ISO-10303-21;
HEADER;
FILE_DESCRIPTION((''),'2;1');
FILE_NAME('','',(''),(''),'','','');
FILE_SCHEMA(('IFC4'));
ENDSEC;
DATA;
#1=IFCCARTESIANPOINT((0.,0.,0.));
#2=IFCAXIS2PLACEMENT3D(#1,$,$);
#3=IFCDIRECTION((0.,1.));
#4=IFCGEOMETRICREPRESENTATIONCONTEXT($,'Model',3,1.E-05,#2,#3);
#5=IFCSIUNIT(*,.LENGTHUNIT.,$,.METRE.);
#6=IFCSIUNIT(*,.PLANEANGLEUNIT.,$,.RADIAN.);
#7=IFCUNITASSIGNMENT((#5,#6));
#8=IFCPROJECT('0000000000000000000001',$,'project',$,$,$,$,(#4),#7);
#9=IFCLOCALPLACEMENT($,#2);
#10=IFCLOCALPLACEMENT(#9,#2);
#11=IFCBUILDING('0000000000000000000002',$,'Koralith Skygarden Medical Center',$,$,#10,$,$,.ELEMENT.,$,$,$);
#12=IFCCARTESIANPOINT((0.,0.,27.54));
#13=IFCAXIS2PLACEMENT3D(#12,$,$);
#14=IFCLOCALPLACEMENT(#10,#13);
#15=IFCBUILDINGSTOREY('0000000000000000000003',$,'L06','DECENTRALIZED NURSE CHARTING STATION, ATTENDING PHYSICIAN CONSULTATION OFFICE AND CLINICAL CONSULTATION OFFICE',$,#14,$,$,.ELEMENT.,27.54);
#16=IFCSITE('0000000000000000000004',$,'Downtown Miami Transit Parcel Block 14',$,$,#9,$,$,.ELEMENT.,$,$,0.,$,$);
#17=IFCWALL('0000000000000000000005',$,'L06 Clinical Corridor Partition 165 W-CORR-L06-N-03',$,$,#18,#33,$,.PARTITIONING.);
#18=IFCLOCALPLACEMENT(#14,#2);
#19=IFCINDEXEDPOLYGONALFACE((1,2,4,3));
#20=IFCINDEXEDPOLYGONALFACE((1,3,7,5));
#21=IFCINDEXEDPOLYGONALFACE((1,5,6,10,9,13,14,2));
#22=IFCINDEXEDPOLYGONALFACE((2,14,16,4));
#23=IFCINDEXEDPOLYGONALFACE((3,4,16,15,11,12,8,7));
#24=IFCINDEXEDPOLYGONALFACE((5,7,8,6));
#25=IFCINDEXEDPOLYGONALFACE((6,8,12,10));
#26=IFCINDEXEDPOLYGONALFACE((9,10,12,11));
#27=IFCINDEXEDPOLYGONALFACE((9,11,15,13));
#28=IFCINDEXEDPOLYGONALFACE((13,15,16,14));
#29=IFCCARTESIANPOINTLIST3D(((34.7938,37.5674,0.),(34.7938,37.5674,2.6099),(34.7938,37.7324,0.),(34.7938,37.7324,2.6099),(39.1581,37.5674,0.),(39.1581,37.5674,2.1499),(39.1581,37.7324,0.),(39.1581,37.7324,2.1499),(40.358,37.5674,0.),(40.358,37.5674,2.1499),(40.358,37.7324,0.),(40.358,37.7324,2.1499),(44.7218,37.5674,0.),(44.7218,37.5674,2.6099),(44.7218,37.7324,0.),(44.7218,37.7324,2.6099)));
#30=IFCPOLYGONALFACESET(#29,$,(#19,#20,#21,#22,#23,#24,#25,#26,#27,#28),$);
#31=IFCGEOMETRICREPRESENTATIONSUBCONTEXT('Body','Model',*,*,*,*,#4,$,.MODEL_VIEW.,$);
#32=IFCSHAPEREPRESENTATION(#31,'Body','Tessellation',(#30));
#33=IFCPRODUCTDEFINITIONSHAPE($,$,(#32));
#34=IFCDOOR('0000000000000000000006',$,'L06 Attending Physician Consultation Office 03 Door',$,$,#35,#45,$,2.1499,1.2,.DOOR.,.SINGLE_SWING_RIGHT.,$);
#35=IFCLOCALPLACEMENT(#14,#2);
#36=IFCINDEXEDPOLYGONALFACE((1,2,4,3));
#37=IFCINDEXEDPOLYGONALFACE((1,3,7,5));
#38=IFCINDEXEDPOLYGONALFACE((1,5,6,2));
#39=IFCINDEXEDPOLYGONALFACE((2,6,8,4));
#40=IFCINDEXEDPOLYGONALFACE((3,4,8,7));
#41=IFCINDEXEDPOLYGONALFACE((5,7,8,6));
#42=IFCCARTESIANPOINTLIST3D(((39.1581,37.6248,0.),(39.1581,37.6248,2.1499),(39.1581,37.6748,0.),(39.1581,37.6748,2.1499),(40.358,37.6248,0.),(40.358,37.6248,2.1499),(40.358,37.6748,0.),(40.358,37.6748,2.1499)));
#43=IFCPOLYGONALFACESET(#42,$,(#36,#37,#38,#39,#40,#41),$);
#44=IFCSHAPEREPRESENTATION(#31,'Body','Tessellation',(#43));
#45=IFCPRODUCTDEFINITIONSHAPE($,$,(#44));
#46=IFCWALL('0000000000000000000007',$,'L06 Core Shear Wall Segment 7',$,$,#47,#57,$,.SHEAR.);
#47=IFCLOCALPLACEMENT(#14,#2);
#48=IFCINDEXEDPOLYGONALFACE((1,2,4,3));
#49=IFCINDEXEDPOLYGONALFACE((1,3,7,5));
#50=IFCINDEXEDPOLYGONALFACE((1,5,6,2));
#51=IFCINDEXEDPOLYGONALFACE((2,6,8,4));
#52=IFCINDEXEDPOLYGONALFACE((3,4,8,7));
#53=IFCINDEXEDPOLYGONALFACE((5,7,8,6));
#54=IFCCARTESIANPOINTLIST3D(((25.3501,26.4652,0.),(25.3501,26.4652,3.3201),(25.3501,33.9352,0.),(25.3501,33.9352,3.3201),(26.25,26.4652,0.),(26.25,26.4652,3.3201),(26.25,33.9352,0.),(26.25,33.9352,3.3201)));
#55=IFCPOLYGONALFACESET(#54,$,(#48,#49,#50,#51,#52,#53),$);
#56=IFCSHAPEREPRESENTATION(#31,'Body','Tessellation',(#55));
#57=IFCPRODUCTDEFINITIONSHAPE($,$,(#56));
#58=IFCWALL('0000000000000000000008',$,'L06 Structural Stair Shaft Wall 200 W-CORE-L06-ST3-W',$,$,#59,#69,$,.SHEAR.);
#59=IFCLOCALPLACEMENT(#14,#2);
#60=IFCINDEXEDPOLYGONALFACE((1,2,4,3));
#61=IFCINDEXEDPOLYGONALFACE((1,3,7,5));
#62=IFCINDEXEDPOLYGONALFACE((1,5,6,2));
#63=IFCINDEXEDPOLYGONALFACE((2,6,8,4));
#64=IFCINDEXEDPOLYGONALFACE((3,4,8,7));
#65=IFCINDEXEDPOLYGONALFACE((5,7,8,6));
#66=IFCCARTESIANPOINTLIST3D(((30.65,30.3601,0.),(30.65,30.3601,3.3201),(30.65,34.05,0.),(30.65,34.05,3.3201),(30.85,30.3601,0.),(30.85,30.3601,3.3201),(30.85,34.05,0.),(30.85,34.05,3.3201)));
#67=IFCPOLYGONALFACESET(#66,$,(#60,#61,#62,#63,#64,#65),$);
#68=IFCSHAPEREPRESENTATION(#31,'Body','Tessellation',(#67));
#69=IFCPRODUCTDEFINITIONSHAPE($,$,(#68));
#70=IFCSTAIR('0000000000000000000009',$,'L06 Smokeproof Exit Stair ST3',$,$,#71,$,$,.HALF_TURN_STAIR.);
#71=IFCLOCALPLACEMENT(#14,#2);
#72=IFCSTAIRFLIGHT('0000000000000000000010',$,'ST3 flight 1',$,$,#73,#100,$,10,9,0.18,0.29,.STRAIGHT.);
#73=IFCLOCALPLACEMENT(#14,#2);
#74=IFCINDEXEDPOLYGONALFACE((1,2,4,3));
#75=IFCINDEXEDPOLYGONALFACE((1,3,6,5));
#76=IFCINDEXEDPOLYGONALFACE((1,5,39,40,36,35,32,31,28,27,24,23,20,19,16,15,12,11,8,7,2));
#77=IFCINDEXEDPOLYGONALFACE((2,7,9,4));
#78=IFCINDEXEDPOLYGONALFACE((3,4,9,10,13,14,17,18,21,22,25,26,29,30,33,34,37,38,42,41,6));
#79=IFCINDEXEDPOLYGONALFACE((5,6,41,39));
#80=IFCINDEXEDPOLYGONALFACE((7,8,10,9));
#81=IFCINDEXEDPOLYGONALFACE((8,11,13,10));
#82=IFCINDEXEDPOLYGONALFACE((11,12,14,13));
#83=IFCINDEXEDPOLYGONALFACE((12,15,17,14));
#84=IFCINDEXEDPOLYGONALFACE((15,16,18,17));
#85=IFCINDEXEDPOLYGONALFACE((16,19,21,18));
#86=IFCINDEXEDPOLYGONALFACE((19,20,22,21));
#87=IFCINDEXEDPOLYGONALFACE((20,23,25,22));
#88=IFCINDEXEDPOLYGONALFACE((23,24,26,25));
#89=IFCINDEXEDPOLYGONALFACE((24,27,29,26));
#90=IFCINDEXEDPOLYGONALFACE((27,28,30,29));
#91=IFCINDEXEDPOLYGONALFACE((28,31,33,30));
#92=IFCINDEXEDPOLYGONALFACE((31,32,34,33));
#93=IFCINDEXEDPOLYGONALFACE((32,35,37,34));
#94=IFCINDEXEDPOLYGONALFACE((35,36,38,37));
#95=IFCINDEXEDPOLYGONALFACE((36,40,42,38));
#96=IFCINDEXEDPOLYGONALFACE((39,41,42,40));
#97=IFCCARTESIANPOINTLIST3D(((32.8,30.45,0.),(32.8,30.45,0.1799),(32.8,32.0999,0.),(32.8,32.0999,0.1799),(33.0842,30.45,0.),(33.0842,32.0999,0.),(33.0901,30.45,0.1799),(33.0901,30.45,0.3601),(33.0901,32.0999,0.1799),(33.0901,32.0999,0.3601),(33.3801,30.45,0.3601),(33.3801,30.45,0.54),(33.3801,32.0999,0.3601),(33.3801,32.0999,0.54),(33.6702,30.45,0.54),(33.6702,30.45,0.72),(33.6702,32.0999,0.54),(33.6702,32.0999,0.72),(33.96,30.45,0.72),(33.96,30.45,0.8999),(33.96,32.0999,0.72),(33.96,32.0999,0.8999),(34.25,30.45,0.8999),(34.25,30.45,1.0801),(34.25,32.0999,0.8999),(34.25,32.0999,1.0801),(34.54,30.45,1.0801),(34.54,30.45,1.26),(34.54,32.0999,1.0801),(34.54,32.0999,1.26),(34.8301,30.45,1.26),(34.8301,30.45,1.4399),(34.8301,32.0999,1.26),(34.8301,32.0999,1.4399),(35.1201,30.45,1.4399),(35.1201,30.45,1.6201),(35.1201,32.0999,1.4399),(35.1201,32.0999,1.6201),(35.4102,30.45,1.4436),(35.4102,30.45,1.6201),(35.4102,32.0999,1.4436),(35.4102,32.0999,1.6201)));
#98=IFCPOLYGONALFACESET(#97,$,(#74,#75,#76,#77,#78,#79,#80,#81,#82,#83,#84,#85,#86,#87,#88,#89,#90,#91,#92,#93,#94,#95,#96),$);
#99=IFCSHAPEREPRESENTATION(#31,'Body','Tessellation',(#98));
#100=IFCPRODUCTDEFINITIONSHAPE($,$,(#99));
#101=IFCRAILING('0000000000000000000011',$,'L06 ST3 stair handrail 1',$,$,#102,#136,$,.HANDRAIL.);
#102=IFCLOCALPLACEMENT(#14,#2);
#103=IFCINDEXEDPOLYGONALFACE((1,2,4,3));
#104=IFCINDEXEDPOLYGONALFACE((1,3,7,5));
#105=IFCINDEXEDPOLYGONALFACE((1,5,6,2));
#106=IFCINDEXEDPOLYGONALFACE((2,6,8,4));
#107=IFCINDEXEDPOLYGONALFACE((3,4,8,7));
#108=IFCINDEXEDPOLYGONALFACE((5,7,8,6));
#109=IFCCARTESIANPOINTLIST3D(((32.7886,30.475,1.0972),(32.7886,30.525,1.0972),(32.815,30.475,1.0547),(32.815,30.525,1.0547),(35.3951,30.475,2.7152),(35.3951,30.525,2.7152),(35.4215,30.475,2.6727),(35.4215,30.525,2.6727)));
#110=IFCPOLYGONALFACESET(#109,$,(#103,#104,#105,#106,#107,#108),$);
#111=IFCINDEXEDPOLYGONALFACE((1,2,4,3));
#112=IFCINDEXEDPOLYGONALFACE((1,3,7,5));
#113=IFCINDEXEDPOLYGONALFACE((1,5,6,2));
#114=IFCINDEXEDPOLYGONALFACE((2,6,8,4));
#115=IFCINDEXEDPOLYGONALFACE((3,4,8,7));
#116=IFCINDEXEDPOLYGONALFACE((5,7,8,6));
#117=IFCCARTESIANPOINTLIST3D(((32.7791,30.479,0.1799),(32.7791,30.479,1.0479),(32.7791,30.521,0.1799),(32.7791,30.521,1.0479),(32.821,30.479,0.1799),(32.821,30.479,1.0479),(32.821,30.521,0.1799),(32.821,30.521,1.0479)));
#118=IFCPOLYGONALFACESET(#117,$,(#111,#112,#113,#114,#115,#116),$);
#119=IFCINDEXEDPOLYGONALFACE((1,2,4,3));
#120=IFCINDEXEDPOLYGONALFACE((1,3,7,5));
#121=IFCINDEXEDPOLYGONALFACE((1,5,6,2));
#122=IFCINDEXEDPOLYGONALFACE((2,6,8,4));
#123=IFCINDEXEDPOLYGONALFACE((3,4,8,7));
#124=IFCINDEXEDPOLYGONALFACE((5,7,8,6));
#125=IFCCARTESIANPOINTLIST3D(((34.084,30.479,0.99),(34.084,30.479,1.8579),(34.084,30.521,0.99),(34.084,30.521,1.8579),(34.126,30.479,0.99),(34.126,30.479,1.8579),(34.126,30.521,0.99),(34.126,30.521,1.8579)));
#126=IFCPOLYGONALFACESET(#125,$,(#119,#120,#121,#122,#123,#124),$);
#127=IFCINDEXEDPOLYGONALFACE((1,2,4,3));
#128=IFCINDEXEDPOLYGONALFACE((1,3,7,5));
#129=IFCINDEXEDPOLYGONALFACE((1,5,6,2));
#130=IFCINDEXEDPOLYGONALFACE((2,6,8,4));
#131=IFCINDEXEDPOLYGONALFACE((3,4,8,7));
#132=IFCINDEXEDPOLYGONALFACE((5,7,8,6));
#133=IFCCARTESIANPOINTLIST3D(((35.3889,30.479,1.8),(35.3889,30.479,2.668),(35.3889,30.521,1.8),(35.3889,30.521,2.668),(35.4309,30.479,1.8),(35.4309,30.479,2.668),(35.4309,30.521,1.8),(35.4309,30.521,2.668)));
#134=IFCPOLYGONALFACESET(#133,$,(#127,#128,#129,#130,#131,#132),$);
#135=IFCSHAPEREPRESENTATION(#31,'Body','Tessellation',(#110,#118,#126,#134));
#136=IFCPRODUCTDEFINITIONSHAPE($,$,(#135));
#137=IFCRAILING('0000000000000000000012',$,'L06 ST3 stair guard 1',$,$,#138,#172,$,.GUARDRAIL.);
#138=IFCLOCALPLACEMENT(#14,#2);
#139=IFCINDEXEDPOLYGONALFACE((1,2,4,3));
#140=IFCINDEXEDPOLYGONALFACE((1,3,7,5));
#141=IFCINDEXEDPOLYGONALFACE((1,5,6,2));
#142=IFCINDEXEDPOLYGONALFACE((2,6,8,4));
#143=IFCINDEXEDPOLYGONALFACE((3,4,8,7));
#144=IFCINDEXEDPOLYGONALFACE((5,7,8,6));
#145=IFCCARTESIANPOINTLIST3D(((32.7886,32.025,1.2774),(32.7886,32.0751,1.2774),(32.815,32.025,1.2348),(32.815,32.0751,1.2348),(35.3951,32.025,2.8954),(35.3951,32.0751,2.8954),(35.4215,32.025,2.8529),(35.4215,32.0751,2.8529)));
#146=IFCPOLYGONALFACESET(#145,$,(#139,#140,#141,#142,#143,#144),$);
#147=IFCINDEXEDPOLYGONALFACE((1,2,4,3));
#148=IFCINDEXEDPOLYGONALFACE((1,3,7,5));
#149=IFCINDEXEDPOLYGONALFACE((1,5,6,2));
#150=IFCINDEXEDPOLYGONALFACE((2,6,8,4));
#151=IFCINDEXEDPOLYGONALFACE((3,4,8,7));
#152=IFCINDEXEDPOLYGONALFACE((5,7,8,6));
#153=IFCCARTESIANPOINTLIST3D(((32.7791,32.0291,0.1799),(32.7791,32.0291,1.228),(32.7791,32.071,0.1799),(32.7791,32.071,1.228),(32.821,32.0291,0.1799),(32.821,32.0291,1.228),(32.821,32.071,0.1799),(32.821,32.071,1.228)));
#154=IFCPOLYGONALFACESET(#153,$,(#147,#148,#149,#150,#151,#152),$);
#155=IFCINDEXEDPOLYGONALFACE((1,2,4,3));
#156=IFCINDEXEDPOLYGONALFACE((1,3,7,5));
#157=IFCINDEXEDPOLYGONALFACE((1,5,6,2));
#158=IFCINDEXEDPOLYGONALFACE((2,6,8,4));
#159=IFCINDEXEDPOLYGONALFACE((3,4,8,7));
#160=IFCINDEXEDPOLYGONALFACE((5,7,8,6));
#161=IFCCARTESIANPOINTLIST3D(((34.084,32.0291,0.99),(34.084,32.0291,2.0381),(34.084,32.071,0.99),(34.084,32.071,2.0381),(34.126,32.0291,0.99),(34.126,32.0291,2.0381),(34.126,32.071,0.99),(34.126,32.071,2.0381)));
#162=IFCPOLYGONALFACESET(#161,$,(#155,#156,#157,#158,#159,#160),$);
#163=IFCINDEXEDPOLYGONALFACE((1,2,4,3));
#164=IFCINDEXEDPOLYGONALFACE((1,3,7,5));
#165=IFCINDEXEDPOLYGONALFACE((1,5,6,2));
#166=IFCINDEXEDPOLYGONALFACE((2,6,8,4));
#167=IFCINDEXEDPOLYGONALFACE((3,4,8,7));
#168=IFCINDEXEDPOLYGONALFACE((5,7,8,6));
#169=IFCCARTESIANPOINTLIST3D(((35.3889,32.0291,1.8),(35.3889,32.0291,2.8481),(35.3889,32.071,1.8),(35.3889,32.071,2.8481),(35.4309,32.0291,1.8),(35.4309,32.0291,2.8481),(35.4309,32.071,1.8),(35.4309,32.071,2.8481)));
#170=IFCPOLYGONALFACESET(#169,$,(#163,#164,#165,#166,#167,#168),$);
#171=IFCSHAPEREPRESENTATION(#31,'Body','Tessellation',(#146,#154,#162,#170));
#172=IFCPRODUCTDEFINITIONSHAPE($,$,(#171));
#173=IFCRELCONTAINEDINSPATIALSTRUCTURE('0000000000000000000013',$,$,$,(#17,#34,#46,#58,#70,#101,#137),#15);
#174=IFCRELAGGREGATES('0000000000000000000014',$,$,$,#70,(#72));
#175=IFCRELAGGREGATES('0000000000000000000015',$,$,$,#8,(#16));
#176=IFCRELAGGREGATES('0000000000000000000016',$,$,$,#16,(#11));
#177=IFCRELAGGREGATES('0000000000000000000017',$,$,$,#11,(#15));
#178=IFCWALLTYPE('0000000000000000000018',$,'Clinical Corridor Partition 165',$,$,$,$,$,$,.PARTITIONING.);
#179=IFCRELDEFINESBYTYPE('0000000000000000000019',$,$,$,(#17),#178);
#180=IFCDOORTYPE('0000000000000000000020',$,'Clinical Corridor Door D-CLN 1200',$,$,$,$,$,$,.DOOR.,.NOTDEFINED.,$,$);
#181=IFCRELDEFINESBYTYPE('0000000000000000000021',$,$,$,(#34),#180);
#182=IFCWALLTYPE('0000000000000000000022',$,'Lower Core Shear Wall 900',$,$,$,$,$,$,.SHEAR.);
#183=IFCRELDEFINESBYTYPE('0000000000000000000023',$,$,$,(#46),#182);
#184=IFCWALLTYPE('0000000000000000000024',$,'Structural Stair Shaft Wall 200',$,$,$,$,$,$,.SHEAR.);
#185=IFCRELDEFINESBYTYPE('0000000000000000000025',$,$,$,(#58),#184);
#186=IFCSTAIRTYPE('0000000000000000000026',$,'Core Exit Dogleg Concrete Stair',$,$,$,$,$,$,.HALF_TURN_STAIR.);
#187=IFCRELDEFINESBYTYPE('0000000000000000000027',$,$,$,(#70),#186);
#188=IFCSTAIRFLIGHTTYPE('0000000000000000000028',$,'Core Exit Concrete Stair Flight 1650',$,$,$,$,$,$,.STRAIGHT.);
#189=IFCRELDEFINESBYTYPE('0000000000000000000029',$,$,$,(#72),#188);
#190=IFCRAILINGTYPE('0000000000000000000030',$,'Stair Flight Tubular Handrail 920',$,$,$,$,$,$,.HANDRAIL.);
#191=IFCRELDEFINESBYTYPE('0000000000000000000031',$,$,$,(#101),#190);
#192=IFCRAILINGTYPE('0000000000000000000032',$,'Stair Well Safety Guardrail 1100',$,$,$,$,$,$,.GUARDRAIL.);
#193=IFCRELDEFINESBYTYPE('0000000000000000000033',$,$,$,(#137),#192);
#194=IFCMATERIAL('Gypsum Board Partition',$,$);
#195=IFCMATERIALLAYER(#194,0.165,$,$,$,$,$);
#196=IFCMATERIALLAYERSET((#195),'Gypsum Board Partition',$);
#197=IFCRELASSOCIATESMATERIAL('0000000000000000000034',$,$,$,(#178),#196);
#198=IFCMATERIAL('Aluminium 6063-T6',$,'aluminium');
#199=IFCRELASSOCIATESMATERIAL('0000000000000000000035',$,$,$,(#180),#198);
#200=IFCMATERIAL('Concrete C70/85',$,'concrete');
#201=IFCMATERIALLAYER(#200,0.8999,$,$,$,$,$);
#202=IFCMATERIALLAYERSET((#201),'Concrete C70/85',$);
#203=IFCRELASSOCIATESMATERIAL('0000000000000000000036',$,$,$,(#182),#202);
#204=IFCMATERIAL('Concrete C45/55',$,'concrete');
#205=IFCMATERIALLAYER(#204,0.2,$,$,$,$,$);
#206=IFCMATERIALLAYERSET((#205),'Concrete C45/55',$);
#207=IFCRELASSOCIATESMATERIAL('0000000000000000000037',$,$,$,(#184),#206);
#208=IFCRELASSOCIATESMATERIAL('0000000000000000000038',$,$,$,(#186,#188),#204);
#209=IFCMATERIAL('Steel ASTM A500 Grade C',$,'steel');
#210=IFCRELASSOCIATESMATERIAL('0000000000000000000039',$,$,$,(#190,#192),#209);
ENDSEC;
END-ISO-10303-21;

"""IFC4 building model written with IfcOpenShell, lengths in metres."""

from ifc_helpers import new_model, si_unit, direction, frame, frame_2d, origin, origin_2d, place, context, subcontext, project, spatial, polyline, rectangle, outline, extrude, material, layer, layer_set, type_object, element, fill, aggregate, save


model = new_model("IFC4")

# Units and contexts
model_context = context("Model", 3, precision=1e-05, world=origin(), true_north=direction((0.0, 1.0)))
body_context = subcontext(model_context, "Body", "Model", "MODEL_VIEW")
ifc_project = project(units=[si_unit("LENGTHUNIT", "METRE"), si_unit("PLANEANGLEUNIT", "RADIAN")], contexts=[model_context])

# Site, building, storey
site_placement = place(None, origin())
site = spatial("IfcSite", under=ifc_project, at=site_placement, Name="Downtown Miami Transit Parcel Block 14", CompositionType="ELEMENT", RefElevation=0.0)
building_placement = place(site_placement, origin())
building = spatial("IfcBuilding", under=site, at=building_placement, Name="Koralith Skygarden Medical Center", CompositionType="ELEMENT")
storey_placement = place(building_placement, frame((0.0, 0.0, 27.54)))
storey = spatial("IfcBuildingStorey", under=building, at=storey_placement, Name="L06", Description="DECENTRALIZED NURSE CHARTING STATION, ATTENDING PHYSICIAN CONSULTATION OFFICE AND CLINICAL CONSULTATION OFFICE", CompositionType="ELEMENT", Elevation=27.54)

# Shared definitions
ifc_material_1 = material(Name="Concrete C70/85", Category="concrete")

# Shared definitions
ifc_material_2 = material(Name="Aluminium 6063-T6", Category="aluminium")

# Shared definitions
ifc_material_3 = material(Name="Concrete C45/55", Category="concrete")

# Shared definitions
ifc_material_4 = material(Name="Gypsum Board Partition")

# Wall, opening, door
ifc_layer_1 = layer(ifc_material_4, 0.165)
ifc_layer_set_1 = layer_set([ifc_layer_1], Name="Gypsum Board Partition")
wall_type_1 = type_object("IfcWallType", Name="Clinical Corridor Partition 165", PredefinedType="PARTITIONING", material=ifc_layer_set_1)
wall_1_placement = place(storey_placement, frame((34.7939, 37.6499, 0.0), z_axis=(0.0, 0.0, 1.0), x_axis=(1.0, 0.0, 0.0)))
wall_1 = element("IfcWall", 1, at=wall_1_placement, inside=storey, type_object=wall_type_1, Name="L06 Clinical Corridor Partition 165 W-CORR-L06-N-03", PredefinedType="PARTITIONING", context=body_context, shape_type="SweptSolid", body=[
    extrude(rectangle(XDim=9.928, YDim=0.165, at=frame_2d((4.9639, 0.0))), origin(), (0.0, 0.0, 1.0), 2.6099),
])
opening_placement = place(wall_1_placement, frame((4.364, 0.0, 0.0)))
opening = element("IfcOpeningElement", 2, at=opening_placement, cuts=wall_1, PredefinedType="OPENING", context=body_context, shape_type="SweptSolid", body=[
    extrude(rectangle(XDim=1.2, YDim=2.1499, at=frame_2d((0.6001, 1.075))), frame((0.0, 0.0925, 0.0), z_axis=(0.0, -1.0, 0.0), x_axis=(1.0, 0.0, 0.0)), (0.0, 0.0, 1.0), 0.1851),
])
door_type = type_object("IfcDoorType", Name="Clinical Corridor Door D-CLN 1200", OperationType="NOTDEFINED", PredefinedType="DOOR", material=ifc_material_2)
door_placement = place(opening_placement, origin())
door = element("IfcDoor", 3, at=door_placement, inside=storey, type_object=door_type, Name="L06 Attending Physician Consultation Office 03 Door", OperationType="SINGLE_SWING_RIGHT", OverallHeight=2.1499, OverallWidth=1.2, PredefinedType="DOOR", context=body_context, shape_type="SweptSolid", body=[
    extrude(rectangle(XDim=1.2, YDim=2.1499, at=frame_2d((0.6001, 1.075))), frame((0.0, 0.0249, 0.0), z_axis=(0.0, -1.0, 0.0), x_axis=(1.0, 0.0, 0.0)), (0.0, 0.0, 1.0), 0.05),
])
fill(opening, door)

# Walls
ifc_layer_2 = layer(ifc_material_1, 0.8999)
ifc_layer_set_2 = layer_set([ifc_layer_2], Name="Concrete C70/85")
wall_type_2 = type_object("IfcWallType", Name="Lower Core Shear Wall 900", PredefinedType="SHEAR", material=ifc_layer_set_2)
wall_2_placement = place(storey_placement, frame((25.8, 33.9351, 0.0), z_axis=(0.0, 0.0, 1.0), x_axis=(0.0, -1.0, 0.0)))
element("IfcWall", 4, at=wall_2_placement, inside=storey, type_object=wall_type_2, Name="L06 Core Shear Wall Segment 7", PredefinedType="SHEAR", context=body_context, shape_type="SweptSolid", body=[
    extrude(rectangle(XDim=7.47, YDim=0.8999, at=frame_2d((3.7349, 0.0))), origin(), (0.0, 0.0, 1.0), 3.3201),
])
ifc_layer_3 = layer(ifc_material_3, 0.2)
ifc_layer_set_3 = layer_set([ifc_layer_3], Name="Concrete C45/55")
wall_type_3 = type_object("IfcWallType", Name="Structural Stair Shaft Wall 200", PredefinedType="SHEAR", material=ifc_layer_set_3)
wall_3_placement = place(storey_placement, frame((30.75, 30.3601, 0.0), z_axis=(0.0, 0.0, 1.0), x_axis=(0.0, 1.0, 0.0)))
element("IfcWall", 5, at=wall_3_placement, inside=storey, type_object=wall_type_3, Name="L06 Structural Stair Shaft Wall 200 W-CORE-L06-ST3-W", PredefinedType="SHEAR", context=body_context, shape_type="SweptSolid", body=[
    extrude(rectangle(XDim=3.6899, YDim=0.2, at=frame_2d((1.845, 0.0))), origin(), (0.0, 0.0, 1.0), 3.3201),
])

# Stair, stair flight
stair_type = type_object("IfcStairType", Name="Core Exit Dogleg Concrete Stair", PredefinedType="HALF_TURN_STAIR", material=ifc_material_3)
stair_placement = place(storey_placement, origin())
stair = element("IfcStair", 6, at=stair_placement, inside=storey, type_object=stair_type, Name="L06 Smokeproof Exit Stair ST3", PredefinedType="HALF_TURN_STAIR")
stair_flight_type = type_object("IfcStairFlightType", Name="Core Exit Concrete Stair Flight 1650", PredefinedType="STRAIGHT", material=ifc_material_3)
stair_flight_placement = place(storey_placement, frame((32.8, 31.2749, 0.0), z_axis=(0.0, 0.0, 1.0), x_axis=(1.0, 0.0, 0.0)))
stair_flight = element("IfcStairFlight", 7, at=stair_flight_placement, type_object=stair_flight_type, Name="ST3 flight 1", NumberOfRisers=10, NumberOfTreads=9, PredefinedType="STRAIGHT", RiserHeight=0.18, TreadLength=0.29, context=body_context, shape_type="SweptSolid", body=[
    extrude(outline(polyline([(0.0, 0.0), (0.0, 0.1799), (0.29, 0.1799), (0.29, 0.3601), (0.5801, 0.3601), (0.5801, 0.54), (0.8701, 0.54), (0.8701, 0.72), (1.1599, 0.72), (1.1599, 0.8999), (1.45, 0.8999), (1.45, 1.0801), (1.74, 1.0801), (1.74, 1.26), (2.03, 1.26), (2.03, 1.4399), (2.3201, 1.4399), (2.3201, 1.6201), (2.6101, 1.6201), (2.6101, 1.8), (2.6101, 1.4436), (0.2842, 0.0), (0.0, 0.0)])), frame((0.0, 0.825, 0.0), z_axis=(0.0, -1.0, 0.0), x_axis=(1.0, 0.0, 0.0)), (0.0, 0.0, 1.0), 1.6499),
])
aggregate(stair, [stair_flight])

# Railings
ifc_material_5 = material(Name="Steel ASTM A500 Grade C", Category="steel")
railing_type_1 = type_object("IfcRailingType", Name="Stair Flight Tubular Handrail 920", PredefinedType="HANDRAIL", material=ifc_material_5)
railing_1_placement = place(storey_placement, frame((32.8, 30.5, 0.1799)))
element("IfcRailing", 8, at=railing_1_placement, inside=storey, type_object=railing_type_1, Name="L06 ST3 stair handrail 1", PredefinedType="HANDRAIL", context=body_context, shape_type="SweptSolid", body=[
    extrude(rectangle(XDim=0.05, YDim=0.05, at=origin_2d()), frame((0.0017, 0.0, 0.896), z_axis=(0.849611, 0.0, 0.52741), x_axis=(0.0, 1.0, 0.0)), (0.0, 0.0, 1.0), 3.0679),
    extrude(rectangle(XDim=0.042, YDim=0.042, at=origin_2d()), origin(), (0.0, 0.0, 1.0), 0.8679),
    extrude(rectangle(XDim=0.042, YDim=0.042, at=origin_2d()), frame((1.3049, 0.0, 0.8101)), (0.0, 0.0, 1.0), 0.8679),
    extrude(rectangle(XDim=0.042, YDim=0.042, at=origin_2d()), frame((2.6099, 0.0, 1.6201)), (0.0, 0.0, 1.0), 0.8679),
])
railing_type_2 = type_object("IfcRailingType", Name="Stair Well Safety Guardrail 1100", PredefinedType="GUARDRAIL", material=ifc_material_5)
railing_2_placement = place(storey_placement, frame((32.8, 32.05, 0.1799)))
element("IfcRailing", 9, at=railing_2_placement, inside=storey, type_object=railing_type_2, Name="L06 ST3 stair guard 1", PredefinedType="GUARDRAIL", context=body_context, shape_type="SweptSolid", body=[
    extrude(rectangle(XDim=0.05, YDim=0.05, at=origin_2d()), frame((0.0017, 0.0, 1.0762), z_axis=(0.849611, 0.0, 0.52741), x_axis=(0.0, 1.0, 0.0)), (0.0, 0.0, 1.0), 3.0679),
    extrude(rectangle(XDim=0.042, YDim=0.042, at=origin_2d()), origin(), (0.0, 0.0, 1.0), 1.0481),
    extrude(rectangle(XDim=0.042, YDim=0.042, at=origin_2d()), frame((1.3049, 0.0, 0.8101)), (0.0, 0.0, 1.0), 1.0481),
    extrude(rectangle(XDim=0.042, YDim=0.042, at=origin_2d()), frame((2.6099, 0.0, 1.6201)), (0.0, 0.0, 1.0), 1.0481),
])

save(model, "model.ifc")
